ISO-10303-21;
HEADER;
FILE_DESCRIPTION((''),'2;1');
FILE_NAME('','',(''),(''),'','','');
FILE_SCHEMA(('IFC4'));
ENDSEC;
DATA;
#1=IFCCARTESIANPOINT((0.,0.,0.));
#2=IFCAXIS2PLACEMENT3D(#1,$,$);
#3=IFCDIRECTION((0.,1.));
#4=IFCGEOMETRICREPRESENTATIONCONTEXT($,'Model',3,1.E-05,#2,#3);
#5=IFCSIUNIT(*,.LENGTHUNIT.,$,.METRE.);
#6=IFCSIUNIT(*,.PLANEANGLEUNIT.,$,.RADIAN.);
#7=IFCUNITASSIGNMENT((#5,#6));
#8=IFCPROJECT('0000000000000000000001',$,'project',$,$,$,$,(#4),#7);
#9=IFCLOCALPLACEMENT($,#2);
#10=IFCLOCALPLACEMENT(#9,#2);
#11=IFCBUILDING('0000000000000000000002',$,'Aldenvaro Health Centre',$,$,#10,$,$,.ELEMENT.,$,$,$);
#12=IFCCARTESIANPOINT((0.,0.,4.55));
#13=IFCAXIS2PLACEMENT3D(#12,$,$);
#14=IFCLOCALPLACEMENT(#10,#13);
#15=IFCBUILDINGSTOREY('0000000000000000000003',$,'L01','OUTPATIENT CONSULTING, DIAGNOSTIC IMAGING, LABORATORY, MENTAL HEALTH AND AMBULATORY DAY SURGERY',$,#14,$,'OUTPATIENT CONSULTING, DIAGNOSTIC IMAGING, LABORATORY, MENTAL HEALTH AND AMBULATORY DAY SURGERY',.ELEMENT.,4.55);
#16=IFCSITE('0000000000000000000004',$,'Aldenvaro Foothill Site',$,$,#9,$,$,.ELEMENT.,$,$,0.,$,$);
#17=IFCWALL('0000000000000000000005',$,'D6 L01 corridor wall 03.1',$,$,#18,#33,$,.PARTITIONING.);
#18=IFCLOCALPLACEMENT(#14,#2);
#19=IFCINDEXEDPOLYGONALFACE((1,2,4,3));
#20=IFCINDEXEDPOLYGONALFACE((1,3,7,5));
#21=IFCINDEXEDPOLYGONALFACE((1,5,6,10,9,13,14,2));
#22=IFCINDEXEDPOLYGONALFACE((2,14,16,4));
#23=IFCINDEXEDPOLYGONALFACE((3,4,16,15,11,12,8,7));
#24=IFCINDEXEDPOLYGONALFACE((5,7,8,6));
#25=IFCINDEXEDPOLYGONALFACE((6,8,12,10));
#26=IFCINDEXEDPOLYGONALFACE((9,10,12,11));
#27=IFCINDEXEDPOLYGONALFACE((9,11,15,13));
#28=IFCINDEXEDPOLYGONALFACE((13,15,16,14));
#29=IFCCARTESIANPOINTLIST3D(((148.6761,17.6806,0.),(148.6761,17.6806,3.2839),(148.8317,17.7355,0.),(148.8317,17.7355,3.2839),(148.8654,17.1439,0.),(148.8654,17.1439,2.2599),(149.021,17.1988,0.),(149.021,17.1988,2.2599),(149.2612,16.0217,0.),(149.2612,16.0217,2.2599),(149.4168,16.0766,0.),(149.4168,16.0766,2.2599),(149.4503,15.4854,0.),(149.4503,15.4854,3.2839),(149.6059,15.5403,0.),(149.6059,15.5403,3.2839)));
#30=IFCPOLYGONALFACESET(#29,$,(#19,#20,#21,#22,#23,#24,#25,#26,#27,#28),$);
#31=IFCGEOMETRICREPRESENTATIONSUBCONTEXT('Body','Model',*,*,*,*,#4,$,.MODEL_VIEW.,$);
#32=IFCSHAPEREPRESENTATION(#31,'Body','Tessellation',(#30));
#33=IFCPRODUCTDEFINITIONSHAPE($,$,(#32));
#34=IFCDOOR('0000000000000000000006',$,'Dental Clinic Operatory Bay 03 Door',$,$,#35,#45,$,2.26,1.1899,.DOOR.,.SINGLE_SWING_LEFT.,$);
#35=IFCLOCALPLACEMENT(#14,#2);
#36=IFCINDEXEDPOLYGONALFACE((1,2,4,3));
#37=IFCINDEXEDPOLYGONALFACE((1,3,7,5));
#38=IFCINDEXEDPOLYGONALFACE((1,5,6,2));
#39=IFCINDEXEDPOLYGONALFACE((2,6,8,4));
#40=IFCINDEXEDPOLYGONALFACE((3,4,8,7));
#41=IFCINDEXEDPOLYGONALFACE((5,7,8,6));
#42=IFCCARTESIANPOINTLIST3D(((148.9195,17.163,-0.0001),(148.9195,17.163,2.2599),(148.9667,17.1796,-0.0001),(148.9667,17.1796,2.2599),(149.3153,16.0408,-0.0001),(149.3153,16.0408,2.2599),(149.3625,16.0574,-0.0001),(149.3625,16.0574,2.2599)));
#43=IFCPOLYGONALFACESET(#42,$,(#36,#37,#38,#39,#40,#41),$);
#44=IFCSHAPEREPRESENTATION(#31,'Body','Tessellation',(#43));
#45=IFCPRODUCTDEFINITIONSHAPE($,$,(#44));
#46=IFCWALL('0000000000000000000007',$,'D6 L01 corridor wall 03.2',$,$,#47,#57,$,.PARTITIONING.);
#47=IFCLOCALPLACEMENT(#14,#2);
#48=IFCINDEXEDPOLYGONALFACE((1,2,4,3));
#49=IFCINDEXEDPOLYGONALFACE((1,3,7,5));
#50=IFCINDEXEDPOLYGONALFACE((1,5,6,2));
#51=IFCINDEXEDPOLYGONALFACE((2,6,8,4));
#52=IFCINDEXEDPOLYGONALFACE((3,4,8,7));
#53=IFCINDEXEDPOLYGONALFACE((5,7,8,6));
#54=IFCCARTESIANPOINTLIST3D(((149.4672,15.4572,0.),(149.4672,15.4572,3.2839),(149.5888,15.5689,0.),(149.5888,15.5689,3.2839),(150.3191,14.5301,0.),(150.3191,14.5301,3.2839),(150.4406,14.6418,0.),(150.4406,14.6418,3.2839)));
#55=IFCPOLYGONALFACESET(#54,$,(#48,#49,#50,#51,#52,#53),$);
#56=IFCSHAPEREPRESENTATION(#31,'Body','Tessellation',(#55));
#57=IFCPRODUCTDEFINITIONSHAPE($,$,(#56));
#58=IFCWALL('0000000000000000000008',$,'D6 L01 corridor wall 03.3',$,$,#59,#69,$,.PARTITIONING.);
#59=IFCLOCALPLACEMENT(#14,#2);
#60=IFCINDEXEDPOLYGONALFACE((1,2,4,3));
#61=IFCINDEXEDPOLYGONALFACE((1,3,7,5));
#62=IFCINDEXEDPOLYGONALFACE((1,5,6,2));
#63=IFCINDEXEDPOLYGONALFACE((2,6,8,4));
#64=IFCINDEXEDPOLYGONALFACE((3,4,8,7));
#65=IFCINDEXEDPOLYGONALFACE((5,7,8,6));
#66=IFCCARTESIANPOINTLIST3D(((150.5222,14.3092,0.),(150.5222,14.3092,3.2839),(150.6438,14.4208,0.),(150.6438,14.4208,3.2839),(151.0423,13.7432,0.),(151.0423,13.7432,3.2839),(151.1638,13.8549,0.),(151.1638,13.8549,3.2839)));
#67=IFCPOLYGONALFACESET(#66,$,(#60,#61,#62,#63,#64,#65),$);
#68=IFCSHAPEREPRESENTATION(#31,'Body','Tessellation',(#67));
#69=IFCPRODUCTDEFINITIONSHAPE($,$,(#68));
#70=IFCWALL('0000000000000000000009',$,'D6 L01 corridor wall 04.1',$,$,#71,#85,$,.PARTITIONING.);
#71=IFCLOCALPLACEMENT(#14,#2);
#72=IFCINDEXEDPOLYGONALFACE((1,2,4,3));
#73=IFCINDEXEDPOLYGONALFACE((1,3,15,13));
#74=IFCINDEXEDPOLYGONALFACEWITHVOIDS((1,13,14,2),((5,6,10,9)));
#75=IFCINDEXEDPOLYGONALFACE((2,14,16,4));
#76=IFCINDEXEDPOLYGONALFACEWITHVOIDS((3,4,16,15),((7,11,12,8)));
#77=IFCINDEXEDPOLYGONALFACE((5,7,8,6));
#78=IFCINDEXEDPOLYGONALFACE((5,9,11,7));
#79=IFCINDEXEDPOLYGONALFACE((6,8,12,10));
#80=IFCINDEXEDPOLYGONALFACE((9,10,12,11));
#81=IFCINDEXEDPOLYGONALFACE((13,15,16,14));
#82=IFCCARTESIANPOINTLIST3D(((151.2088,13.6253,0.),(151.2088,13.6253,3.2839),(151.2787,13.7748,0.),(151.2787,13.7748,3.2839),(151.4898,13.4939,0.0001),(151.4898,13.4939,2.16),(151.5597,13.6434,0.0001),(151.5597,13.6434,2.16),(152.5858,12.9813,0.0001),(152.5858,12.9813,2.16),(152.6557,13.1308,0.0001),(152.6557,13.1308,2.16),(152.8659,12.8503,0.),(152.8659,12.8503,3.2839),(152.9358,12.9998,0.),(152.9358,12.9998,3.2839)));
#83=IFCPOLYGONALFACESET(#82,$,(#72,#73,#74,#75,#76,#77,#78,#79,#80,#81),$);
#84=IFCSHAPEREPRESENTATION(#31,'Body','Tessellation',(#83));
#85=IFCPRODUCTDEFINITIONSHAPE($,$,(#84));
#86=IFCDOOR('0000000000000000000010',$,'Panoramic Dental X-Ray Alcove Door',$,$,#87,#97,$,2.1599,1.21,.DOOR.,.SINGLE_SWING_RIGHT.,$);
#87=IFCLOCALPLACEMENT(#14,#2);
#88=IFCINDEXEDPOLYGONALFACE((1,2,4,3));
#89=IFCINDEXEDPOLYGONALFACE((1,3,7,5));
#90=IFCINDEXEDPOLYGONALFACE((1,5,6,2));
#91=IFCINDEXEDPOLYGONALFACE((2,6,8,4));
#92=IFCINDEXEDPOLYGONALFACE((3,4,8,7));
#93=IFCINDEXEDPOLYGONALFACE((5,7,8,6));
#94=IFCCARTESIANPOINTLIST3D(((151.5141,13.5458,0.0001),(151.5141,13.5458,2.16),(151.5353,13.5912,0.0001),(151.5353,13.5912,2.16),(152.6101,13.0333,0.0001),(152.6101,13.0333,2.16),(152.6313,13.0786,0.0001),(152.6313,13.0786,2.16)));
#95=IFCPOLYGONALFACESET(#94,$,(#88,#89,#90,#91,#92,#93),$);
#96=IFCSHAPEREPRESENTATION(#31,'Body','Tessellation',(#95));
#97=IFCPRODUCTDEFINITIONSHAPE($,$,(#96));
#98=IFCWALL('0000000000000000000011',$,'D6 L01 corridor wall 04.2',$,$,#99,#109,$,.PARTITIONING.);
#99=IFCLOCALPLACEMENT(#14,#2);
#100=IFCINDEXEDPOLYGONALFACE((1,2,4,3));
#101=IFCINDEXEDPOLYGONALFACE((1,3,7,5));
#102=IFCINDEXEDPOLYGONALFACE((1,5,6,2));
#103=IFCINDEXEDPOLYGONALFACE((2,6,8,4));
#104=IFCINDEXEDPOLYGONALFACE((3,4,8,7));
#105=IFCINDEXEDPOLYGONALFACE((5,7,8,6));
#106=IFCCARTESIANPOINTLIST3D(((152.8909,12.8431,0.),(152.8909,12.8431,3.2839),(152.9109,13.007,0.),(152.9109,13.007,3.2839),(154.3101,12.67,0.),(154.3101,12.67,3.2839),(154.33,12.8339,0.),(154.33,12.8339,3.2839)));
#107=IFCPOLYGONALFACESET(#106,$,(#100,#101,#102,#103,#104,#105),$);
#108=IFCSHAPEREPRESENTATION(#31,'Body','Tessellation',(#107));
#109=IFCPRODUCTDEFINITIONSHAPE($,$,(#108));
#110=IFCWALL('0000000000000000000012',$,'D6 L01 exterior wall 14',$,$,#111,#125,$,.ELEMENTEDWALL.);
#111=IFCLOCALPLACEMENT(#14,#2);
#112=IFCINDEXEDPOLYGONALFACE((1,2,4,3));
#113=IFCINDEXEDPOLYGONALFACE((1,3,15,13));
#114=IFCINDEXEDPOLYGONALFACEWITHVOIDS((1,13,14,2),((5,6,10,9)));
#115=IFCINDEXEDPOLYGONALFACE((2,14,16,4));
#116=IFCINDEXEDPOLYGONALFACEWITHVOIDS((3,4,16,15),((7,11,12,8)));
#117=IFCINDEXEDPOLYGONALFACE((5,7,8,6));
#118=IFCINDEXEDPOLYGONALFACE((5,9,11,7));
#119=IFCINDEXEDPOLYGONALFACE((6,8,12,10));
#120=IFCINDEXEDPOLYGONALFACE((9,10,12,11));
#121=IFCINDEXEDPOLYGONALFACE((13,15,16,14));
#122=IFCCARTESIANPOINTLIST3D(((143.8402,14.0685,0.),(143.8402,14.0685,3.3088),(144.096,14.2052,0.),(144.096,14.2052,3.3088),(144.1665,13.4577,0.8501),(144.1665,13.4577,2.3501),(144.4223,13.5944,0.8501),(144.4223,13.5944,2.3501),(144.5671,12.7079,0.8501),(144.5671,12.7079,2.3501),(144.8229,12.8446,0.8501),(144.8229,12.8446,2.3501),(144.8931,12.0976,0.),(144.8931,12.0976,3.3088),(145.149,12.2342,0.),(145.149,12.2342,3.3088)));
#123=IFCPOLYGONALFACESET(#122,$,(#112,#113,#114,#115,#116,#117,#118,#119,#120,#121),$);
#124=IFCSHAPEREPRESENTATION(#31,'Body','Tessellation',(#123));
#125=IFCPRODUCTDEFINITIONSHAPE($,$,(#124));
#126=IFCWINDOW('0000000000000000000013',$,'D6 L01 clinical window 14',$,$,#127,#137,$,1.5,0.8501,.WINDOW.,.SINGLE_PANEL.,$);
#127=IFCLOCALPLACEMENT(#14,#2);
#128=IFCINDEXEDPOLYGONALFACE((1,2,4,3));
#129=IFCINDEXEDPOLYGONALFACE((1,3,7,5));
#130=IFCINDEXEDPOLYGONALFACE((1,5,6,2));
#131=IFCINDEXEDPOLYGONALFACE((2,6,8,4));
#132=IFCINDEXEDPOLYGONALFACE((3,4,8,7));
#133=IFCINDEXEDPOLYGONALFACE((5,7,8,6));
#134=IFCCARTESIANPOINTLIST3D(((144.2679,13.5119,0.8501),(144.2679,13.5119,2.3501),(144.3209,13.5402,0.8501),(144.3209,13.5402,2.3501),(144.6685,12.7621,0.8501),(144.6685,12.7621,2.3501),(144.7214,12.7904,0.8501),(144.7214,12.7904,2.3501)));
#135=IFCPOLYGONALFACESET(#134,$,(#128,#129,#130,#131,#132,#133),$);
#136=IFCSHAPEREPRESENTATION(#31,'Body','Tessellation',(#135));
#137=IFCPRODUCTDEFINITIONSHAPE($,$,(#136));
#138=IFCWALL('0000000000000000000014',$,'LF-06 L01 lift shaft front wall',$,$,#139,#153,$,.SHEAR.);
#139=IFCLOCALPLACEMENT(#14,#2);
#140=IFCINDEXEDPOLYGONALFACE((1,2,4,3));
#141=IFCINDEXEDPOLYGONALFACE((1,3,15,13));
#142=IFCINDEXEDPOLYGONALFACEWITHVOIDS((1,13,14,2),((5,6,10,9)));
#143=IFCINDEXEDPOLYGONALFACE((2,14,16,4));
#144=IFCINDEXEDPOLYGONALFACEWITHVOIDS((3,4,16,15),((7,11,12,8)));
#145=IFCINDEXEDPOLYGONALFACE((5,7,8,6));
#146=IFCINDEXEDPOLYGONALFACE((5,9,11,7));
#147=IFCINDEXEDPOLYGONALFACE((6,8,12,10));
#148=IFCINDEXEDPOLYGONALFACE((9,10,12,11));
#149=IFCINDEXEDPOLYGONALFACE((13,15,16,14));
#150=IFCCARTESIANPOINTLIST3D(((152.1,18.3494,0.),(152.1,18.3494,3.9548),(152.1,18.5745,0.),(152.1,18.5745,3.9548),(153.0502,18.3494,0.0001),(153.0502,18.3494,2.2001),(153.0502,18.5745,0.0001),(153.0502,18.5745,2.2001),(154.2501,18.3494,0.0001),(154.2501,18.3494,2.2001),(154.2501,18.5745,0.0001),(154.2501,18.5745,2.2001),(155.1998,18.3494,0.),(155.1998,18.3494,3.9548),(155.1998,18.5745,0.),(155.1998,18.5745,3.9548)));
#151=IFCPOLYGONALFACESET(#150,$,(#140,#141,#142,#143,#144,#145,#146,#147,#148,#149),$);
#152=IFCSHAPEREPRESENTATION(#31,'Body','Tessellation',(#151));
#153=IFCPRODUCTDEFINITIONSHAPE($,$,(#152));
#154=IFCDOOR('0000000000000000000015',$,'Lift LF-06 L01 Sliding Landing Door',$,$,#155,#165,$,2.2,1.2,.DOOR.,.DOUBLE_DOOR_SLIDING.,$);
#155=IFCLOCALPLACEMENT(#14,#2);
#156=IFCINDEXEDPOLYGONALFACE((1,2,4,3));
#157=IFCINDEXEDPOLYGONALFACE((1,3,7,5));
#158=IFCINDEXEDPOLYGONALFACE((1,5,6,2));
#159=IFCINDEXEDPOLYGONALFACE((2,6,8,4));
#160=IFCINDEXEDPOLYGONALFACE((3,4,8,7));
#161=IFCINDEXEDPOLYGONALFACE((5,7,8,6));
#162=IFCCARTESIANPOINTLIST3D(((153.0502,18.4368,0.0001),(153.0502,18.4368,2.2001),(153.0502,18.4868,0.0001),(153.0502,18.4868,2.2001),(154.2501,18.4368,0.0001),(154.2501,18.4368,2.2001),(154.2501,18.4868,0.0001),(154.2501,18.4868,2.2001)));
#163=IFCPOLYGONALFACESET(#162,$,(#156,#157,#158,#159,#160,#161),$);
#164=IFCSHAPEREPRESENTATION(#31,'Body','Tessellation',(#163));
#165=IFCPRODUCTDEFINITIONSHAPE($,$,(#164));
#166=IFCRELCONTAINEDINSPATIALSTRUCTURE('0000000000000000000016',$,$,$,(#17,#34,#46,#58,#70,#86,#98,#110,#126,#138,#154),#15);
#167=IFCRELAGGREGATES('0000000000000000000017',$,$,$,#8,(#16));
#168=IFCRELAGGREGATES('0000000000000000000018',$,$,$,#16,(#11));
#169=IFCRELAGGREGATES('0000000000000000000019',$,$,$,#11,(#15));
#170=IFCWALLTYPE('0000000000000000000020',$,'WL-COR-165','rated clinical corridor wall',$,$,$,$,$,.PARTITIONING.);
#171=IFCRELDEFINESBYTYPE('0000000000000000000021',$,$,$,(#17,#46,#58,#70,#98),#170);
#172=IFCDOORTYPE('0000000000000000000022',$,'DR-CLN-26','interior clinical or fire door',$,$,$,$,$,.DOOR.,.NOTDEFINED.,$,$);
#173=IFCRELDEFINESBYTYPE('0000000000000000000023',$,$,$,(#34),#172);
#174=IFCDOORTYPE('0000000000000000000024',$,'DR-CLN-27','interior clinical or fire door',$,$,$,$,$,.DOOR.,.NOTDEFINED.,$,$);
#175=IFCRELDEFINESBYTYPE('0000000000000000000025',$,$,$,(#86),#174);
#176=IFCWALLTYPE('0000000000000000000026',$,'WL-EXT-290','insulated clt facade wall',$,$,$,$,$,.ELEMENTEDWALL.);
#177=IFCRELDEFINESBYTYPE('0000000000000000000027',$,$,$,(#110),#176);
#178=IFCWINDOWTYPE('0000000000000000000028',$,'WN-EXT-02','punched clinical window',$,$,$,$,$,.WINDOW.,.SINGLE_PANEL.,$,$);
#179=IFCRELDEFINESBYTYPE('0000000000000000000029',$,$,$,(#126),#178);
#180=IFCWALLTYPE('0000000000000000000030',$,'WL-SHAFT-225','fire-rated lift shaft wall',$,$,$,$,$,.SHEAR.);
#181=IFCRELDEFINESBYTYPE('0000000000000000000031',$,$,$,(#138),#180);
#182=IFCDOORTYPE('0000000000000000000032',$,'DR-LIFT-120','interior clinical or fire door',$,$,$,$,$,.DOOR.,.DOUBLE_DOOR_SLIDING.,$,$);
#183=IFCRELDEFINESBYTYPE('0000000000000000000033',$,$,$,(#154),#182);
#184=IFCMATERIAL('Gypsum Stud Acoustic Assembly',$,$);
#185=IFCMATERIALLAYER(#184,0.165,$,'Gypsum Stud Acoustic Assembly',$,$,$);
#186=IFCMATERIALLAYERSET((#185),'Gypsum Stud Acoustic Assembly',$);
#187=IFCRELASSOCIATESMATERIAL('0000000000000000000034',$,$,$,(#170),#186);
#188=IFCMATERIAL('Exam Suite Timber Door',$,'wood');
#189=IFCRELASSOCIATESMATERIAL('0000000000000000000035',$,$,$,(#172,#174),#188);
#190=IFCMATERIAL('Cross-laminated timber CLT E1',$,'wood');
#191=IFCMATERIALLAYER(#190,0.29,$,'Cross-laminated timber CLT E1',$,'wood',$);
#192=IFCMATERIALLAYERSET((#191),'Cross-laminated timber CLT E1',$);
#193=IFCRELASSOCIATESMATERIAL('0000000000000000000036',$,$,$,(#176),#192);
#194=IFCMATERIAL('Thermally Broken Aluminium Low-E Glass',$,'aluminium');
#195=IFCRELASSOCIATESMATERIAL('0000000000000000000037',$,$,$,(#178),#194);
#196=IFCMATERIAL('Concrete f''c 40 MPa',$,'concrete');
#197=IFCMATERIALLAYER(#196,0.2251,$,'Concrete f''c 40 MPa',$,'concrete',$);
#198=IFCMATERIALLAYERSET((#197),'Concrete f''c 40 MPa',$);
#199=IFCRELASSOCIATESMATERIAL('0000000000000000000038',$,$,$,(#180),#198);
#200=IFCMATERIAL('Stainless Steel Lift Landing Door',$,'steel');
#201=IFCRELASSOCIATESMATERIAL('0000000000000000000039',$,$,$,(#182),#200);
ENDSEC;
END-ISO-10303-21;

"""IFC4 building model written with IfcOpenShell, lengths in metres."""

from ifc_helpers import new_model, si_unit, direction, frame, frame_2d, origin, place, context, subcontext, project, spatial, rectangle, extrude, material, layer, layer_set, type_object, element, fill, save


model = new_model("IFC4")

# Units and contexts
model_context = context("Model", 3, precision=1e-05, world=origin(), true_north=direction((0.0, 1.0)))
body_context = subcontext(model_context, "Body", "Model", "MODEL_VIEW")
ifc_project = project(units=[si_unit("LENGTHUNIT", "METRE"), si_unit("PLANEANGLEUNIT", "RADIAN")], contexts=[model_context])

# Site, building, storey
site_placement = place(None, origin())
site = spatial("IfcSite", under=ifc_project, at=site_placement, Name="Aldenvaro Foothill Site", CompositionType="ELEMENT", RefElevation=0.0)
building_placement = place(site_placement, origin())
building = spatial("IfcBuilding", under=site, at=building_placement, Name="Aldenvaro Health Centre", CompositionType="ELEMENT")
storey_placement = place(building_placement, frame((0.0, 0.0, 4.55)))
storey = spatial("IfcBuildingStorey", under=building, at=storey_placement, Name="L01", Description="OUTPATIENT CONSULTING, DIAGNOSTIC IMAGING, LABORATORY, MENTAL HEALTH AND AMBULATORY DAY SURGERY", LongName="OUTPATIENT CONSULTING, DIAGNOSTIC IMAGING, LABORATORY, MENTAL HEALTH AND AMBULATORY DAY SURGERY", CompositionType="ELEMENT", Elevation=4.55)

# Shared definitions
ifc_material_1 = material(Name="Gypsum Stud Acoustic Assembly")
ifc_layer_1 = layer(ifc_material_1, 0.165, Name="Gypsum Stud Acoustic Assembly")
ifc_layer_set_1 = layer_set([ifc_layer_1], Name="Gypsum Stud Acoustic Assembly")
wall_type_1 = type_object("IfcWallType", Name="WL-COR-165", Description="rated clinical corridor wall", PredefinedType="PARTITIONING", material=ifc_layer_set_1)

# Wall, opening, door
wall_1_placement = place(storey_placement, frame((148.7539, 17.708, 0.0), z_axis=(0.0, 0.0, 1.0), x_axis=(0.332606, -0.943066, 0.0)))
wall_1 = element("IfcWall", 1, at=wall_1_placement, inside=storey, type_object=wall_type_1, Name="D6 L01 corridor wall 03.1", PredefinedType="PARTITIONING", context=body_context, shape_type="SweptSolid", body=[
    extrude(rectangle(XDim=2.3276, YDim=0.165, at=frame_2d((1.1638, 0.0))), origin(), (0.0, 0.0, 1.0), 3.2839),
])
opening_1_placement = place(wall_1_placement, frame((0.5691, 0.0, 0.0)))
opening_1 = element("IfcOpeningElement", 2, at=opening_1_placement, cuts=wall_1, PredefinedType="OPENING", context=body_context, shape_type="SweptSolid", body=[
    extrude(rectangle(XDim=1.1899, YDim=2.26, at=frame_2d((0.595, 1.1299))), frame((0.0, 0.0925, 0.0), z_axis=(0.0, -1.0, 0.0), x_axis=(1.0, 0.0, 0.0)), (0.0, 0.0, 1.0), 0.1851),
])
ifc_material_2 = material(Name="Exam Suite Timber Door", Category="wood")
door_type_1 = type_object("IfcDoorType", Name="DR-CLN-26", Description="interior clinical or fire door", OperationType="NOTDEFINED", PredefinedType="DOOR", material=ifc_material_2)
door_1_placement = place(opening_1_placement, origin())
door_1 = element("IfcDoor", 3, at=door_1_placement, inside=storey, type_object=door_type_1, Name="Dental Clinic Operatory Bay 03 Door", OperationType="SINGLE_SWING_LEFT", OverallHeight=2.26, OverallWidth=1.1899, PredefinedType="DOOR", context=body_context, shape_type="SweptSolid", body=[
    extrude(rectangle(XDim=1.1899, YDim=2.26, at=frame_2d((0.595, 1.1299))), frame((0.0, 0.0249, 0.0), z_axis=(0.0, -1.0, 0.0), x_axis=(1.0, 0.0, 0.0)), (0.0, 0.0, 1.0), 0.05),
])
fill(opening_1, door_1)

# Walls
wall_2_placement = place(storey_placement, frame((149.5281, 15.5129, 0.0), z_axis=(0.0, 0.0, 1.0), x_axis=(0.676611, -0.736341, 0.0)))
element("IfcWall", 4, at=wall_2_placement, inside=storey, type_object=wall_type_1, Name="D6 L01 corridor wall 03.2", PredefinedType="PARTITIONING", context=body_context, shape_type="SweptSolid", body=[
    extrude(rectangle(XDim=1.259, YDim=0.165, at=frame_2d((0.6294, 0.0))), origin(), (0.0, 0.0, 1.0), 3.2839),
])
wall_3_placement = place(storey_placement, frame((150.583, 14.365, 0.0), z_axis=(0.0, 0.0, 1.0), x_axis=(0.676616, -0.736336, 0.0)))
element("IfcWall", 5, at=wall_3_placement, inside=storey, type_object=wall_type_1, Name="D6 L01 corridor wall 03.3", PredefinedType="PARTITIONING", context=body_context, shape_type="SweptSolid", body=[
    extrude(rectangle(XDim=0.7686, YDim=0.165, at=frame_2d((0.3843, 0.0))), origin(), (0.0, 0.0, 1.0), 3.2839),
])

# Wall, opening, door
wall_4_placement = place(storey_placement, frame((151.2439, 13.7, 0.0), z_axis=(0.0, 0.0, 1.0), x_axis=(0.905838, -0.423623, 0.0)))
wall_4 = element("IfcWall", 6, at=wall_4_placement, inside=storey, type_object=wall_type_1, Name="D6 L01 corridor wall 04.1", PredefinedType="PARTITIONING", context=body_context, shape_type="SweptSolid", body=[
    extrude(rectangle(XDim=1.8293, YDim=0.165, at=frame_2d((0.9146, 0.0))), origin(), (0.0, 0.0, 1.0), 3.2839),
])
opening_2_placement = place(wall_4_placement, frame((0.3101, 0.0, 0.0)))
opening_2 = element("IfcOpeningElement", 7, at=opening_2_placement, cuts=wall_4, PredefinedType="OPENING", context=body_context, shape_type="SweptSolid", body=[
    extrude(rectangle(XDim=1.21, YDim=2.1599, at=frame_2d((0.605, 1.0801))), frame((0.0, 0.0925, 0.0), z_axis=(0.0, -1.0, 0.0), x_axis=(1.0, 0.0, 0.0)), (0.0, 0.0, 1.0), 0.1851),
])
door_type_2 = type_object("IfcDoorType", Name="DR-CLN-27", Description="interior clinical or fire door", OperationType="NOTDEFINED", PredefinedType="DOOR", material=ifc_material_2)
door_2_placement = place(opening_2_placement, origin())
door_2 = element("IfcDoor", 8, at=door_2_placement, inside=storey, type_object=door_type_2, Name="Panoramic Dental X-Ray Alcove Door", OperationType="SINGLE_SWING_RIGHT", OverallHeight=2.1599, OverallWidth=1.21, PredefinedType="DOOR", context=body_context, shape_type="SweptSolid", body=[
    extrude(rectangle(XDim=1.21, YDim=2.1599, at=frame_2d((0.605, 1.0801))), frame((0.0, 0.0249, 0.0), z_axis=(0.0, -1.0, 0.0), x_axis=(1.0, 0.0, 0.0)), (0.0, 0.0, 1.0), 0.05),
])
fill(opening_2, door_2)

# Wall
wall_5_placement = place(storey_placement, frame((152.9009, 12.925, 0.0), z_axis=(0.0, 0.0, 1.0), x_axis=(0.992644, -0.121071, 0.0)))
element("IfcWall", 9, at=wall_5_placement, inside=storey, type_object=wall_type_1, Name="D6 L01 corridor wall 04.2", PredefinedType="PARTITIONING", context=body_context, shape_type="SweptSolid", body=[
    extrude(rectangle(XDim=1.4297, YDim=0.165, at=frame_2d((0.7148, 0.0))), origin(), (0.0, 0.0, 1.0), 3.2839),
])

# Wall, opening, window
ifc_material_3 = material(Name="Cross-laminated timber CLT E1", Category="wood")
ifc_layer_2 = layer(ifc_material_3, 0.29, Name="Cross-laminated timber CLT E1", Category="wood")
ifc_layer_set_2 = layer_set([ifc_layer_2], Name="Cross-laminated timber CLT E1")
wall_type_2 = type_object("IfcWallType", Name="WL-EXT-290", Description="insulated clt facade wall", PredefinedType="ELEMENTEDWALL", material=ifc_layer_set_2)
wall_6_placement = place(storey_placement, frame((145.021, 12.166, 0.0), z_axis=(0.0, 0.0, 1.0), x_axis=(-0.471218, 0.882017, 0.0)))
wall_6 = element("IfcWall", 10, at=wall_6_placement, inside=storey, type_object=wall_type_2, Name="D6 L01 exterior wall 14", PredefinedType="ELEMENTEDWALL", context=body_context, shape_type="SweptSolid", body=[
    extrude(rectangle(XDim=2.2346, YDim=0.29, at=frame_2d((1.1172, 0.0))), origin(), (0.0, 0.0, 1.0), 3.3088),
])
opening_3_placement = place(wall_6_placement, frame((0.6919, 0.0, 0.8501)))
opening_3 = element("IfcOpeningElement", 11, at=opening_3_placement, cuts=wall_6, PredefinedType="OPENING", context=body_context, shape_type="SweptSolid", body=[
    extrude(rectangle(XDim=0.8501, YDim=1.5, at=frame_2d((0.425, 0.75))), frame((0.0, 0.155, 0.0), z_axis=(0.0, -1.0, 0.0), x_axis=(1.0, 0.0, 0.0)), (0.0, 0.0, 1.0), 0.3101),
])
ifc_material_4 = material(Name="Thermally Broken Aluminium Low-E Glass", Category="aluminium")
window_type = type_object("IfcWindowType", Name="WN-EXT-02", Description="punched clinical window", PartitioningType="SINGLE_PANEL", PredefinedType="WINDOW", material=ifc_material_4)
window_placement = place(opening_3_placement, origin())
window = element("IfcWindow", 12, at=window_placement, inside=storey, type_object=window_type, Name="D6 L01 clinical window 14", OverallHeight=1.5, OverallWidth=0.8501, PartitioningType="SINGLE_PANEL", PredefinedType="WINDOW", context=body_context, shape_type="SweptSolid", body=[
    extrude(rectangle(XDim=0.8501, YDim=1.5, at=frame_2d((0.425, 0.75))), frame((0.0, 0.03, 0.0), z_axis=(0.0, -1.0, 0.0), x_axis=(1.0, 0.0, 0.0)), (0.0, 0.0, 1.0), 0.0601),
])
fill(opening_3, window)

# Wall, opening, door
ifc_material_5 = material(Name="Concrete f'c 40 MPa", Category="concrete")
ifc_layer_3 = layer(ifc_material_5, 0.2251, Name="Concrete f'c 40 MPa", Category="concrete")
ifc_layer_set_3 = layer_set([ifc_layer_3], Name="Concrete f'c 40 MPa")
wall_type_3 = type_object("IfcWallType", Name="WL-SHAFT-225", Description="fire-rated lift shaft wall", PredefinedType="SHEAR", material=ifc_layer_set_3)
wall_7_placement = place(storey_placement, frame((152.1001, 18.4619, 0.0), z_axis=(0.0, 0.0, 1.0), x_axis=(1.0, 0.0, 0.0)))
wall_7 = element("IfcWall", 13, at=wall_7_placement, inside=storey, type_object=wall_type_3, Name="LF-06 L01 lift shaft front wall", PredefinedType="SHEAR", context=body_context, shape_type="SweptSolid", body=[
    extrude(rectangle(XDim=3.0999, YDim=0.2251, at=frame_2d((1.5498, 0.0))), origin(), (0.0, 0.0, 1.0), 3.9548),
])
opening_4_placement = place(wall_7_placement, frame((0.95, 0.0, 0.0)))
opening_4 = element("IfcOpeningElement", 14, at=opening_4_placement, cuts=wall_7, PredefinedType="OPENING", context=body_context, shape_type="SweptSolid", body=[
    extrude(rectangle(XDim=1.2, YDim=2.2, at=frame_2d((0.6001, 1.1001))), frame((0.0, 0.1226, 0.0), z_axis=(0.0, -1.0, 0.0), x_axis=(1.0, 0.0, 0.0)), (0.0, 0.0, 1.0), 0.2451),
])
ifc_material_6 = material(Name="Stainless Steel Lift Landing Door", Category="steel")
door_type_3 = type_object("IfcDoorType", Name="DR-LIFT-120", Description="interior clinical or fire door", OperationType="DOUBLE_DOOR_SLIDING", PredefinedType="DOOR", material=ifc_material_6)
door_3_placement = place(opening_4_placement, origin())
door_3 = element("IfcDoor", 15, at=door_3_placement, inside=storey, type_object=door_type_3, Name="Lift LF-06 L01 Sliding Landing Door", OperationType="DOUBLE_DOOR_SLIDING", OverallHeight=2.2, OverallWidth=1.2, PredefinedType="DOOR", context=body_context, shape_type="SweptSolid", body=[
    extrude(rectangle(XDim=1.2, YDim=2.2, at=frame_2d((0.6001, 1.1001))), frame((0.0, 0.0249, 0.0), z_axis=(0.0, -1.0, 0.0), x_axis=(1.0, 0.0, 0.0)), (0.0, 0.0, 1.0), 0.05),
])
fill(opening_4, door_3)

save(model, "model.ifc")
